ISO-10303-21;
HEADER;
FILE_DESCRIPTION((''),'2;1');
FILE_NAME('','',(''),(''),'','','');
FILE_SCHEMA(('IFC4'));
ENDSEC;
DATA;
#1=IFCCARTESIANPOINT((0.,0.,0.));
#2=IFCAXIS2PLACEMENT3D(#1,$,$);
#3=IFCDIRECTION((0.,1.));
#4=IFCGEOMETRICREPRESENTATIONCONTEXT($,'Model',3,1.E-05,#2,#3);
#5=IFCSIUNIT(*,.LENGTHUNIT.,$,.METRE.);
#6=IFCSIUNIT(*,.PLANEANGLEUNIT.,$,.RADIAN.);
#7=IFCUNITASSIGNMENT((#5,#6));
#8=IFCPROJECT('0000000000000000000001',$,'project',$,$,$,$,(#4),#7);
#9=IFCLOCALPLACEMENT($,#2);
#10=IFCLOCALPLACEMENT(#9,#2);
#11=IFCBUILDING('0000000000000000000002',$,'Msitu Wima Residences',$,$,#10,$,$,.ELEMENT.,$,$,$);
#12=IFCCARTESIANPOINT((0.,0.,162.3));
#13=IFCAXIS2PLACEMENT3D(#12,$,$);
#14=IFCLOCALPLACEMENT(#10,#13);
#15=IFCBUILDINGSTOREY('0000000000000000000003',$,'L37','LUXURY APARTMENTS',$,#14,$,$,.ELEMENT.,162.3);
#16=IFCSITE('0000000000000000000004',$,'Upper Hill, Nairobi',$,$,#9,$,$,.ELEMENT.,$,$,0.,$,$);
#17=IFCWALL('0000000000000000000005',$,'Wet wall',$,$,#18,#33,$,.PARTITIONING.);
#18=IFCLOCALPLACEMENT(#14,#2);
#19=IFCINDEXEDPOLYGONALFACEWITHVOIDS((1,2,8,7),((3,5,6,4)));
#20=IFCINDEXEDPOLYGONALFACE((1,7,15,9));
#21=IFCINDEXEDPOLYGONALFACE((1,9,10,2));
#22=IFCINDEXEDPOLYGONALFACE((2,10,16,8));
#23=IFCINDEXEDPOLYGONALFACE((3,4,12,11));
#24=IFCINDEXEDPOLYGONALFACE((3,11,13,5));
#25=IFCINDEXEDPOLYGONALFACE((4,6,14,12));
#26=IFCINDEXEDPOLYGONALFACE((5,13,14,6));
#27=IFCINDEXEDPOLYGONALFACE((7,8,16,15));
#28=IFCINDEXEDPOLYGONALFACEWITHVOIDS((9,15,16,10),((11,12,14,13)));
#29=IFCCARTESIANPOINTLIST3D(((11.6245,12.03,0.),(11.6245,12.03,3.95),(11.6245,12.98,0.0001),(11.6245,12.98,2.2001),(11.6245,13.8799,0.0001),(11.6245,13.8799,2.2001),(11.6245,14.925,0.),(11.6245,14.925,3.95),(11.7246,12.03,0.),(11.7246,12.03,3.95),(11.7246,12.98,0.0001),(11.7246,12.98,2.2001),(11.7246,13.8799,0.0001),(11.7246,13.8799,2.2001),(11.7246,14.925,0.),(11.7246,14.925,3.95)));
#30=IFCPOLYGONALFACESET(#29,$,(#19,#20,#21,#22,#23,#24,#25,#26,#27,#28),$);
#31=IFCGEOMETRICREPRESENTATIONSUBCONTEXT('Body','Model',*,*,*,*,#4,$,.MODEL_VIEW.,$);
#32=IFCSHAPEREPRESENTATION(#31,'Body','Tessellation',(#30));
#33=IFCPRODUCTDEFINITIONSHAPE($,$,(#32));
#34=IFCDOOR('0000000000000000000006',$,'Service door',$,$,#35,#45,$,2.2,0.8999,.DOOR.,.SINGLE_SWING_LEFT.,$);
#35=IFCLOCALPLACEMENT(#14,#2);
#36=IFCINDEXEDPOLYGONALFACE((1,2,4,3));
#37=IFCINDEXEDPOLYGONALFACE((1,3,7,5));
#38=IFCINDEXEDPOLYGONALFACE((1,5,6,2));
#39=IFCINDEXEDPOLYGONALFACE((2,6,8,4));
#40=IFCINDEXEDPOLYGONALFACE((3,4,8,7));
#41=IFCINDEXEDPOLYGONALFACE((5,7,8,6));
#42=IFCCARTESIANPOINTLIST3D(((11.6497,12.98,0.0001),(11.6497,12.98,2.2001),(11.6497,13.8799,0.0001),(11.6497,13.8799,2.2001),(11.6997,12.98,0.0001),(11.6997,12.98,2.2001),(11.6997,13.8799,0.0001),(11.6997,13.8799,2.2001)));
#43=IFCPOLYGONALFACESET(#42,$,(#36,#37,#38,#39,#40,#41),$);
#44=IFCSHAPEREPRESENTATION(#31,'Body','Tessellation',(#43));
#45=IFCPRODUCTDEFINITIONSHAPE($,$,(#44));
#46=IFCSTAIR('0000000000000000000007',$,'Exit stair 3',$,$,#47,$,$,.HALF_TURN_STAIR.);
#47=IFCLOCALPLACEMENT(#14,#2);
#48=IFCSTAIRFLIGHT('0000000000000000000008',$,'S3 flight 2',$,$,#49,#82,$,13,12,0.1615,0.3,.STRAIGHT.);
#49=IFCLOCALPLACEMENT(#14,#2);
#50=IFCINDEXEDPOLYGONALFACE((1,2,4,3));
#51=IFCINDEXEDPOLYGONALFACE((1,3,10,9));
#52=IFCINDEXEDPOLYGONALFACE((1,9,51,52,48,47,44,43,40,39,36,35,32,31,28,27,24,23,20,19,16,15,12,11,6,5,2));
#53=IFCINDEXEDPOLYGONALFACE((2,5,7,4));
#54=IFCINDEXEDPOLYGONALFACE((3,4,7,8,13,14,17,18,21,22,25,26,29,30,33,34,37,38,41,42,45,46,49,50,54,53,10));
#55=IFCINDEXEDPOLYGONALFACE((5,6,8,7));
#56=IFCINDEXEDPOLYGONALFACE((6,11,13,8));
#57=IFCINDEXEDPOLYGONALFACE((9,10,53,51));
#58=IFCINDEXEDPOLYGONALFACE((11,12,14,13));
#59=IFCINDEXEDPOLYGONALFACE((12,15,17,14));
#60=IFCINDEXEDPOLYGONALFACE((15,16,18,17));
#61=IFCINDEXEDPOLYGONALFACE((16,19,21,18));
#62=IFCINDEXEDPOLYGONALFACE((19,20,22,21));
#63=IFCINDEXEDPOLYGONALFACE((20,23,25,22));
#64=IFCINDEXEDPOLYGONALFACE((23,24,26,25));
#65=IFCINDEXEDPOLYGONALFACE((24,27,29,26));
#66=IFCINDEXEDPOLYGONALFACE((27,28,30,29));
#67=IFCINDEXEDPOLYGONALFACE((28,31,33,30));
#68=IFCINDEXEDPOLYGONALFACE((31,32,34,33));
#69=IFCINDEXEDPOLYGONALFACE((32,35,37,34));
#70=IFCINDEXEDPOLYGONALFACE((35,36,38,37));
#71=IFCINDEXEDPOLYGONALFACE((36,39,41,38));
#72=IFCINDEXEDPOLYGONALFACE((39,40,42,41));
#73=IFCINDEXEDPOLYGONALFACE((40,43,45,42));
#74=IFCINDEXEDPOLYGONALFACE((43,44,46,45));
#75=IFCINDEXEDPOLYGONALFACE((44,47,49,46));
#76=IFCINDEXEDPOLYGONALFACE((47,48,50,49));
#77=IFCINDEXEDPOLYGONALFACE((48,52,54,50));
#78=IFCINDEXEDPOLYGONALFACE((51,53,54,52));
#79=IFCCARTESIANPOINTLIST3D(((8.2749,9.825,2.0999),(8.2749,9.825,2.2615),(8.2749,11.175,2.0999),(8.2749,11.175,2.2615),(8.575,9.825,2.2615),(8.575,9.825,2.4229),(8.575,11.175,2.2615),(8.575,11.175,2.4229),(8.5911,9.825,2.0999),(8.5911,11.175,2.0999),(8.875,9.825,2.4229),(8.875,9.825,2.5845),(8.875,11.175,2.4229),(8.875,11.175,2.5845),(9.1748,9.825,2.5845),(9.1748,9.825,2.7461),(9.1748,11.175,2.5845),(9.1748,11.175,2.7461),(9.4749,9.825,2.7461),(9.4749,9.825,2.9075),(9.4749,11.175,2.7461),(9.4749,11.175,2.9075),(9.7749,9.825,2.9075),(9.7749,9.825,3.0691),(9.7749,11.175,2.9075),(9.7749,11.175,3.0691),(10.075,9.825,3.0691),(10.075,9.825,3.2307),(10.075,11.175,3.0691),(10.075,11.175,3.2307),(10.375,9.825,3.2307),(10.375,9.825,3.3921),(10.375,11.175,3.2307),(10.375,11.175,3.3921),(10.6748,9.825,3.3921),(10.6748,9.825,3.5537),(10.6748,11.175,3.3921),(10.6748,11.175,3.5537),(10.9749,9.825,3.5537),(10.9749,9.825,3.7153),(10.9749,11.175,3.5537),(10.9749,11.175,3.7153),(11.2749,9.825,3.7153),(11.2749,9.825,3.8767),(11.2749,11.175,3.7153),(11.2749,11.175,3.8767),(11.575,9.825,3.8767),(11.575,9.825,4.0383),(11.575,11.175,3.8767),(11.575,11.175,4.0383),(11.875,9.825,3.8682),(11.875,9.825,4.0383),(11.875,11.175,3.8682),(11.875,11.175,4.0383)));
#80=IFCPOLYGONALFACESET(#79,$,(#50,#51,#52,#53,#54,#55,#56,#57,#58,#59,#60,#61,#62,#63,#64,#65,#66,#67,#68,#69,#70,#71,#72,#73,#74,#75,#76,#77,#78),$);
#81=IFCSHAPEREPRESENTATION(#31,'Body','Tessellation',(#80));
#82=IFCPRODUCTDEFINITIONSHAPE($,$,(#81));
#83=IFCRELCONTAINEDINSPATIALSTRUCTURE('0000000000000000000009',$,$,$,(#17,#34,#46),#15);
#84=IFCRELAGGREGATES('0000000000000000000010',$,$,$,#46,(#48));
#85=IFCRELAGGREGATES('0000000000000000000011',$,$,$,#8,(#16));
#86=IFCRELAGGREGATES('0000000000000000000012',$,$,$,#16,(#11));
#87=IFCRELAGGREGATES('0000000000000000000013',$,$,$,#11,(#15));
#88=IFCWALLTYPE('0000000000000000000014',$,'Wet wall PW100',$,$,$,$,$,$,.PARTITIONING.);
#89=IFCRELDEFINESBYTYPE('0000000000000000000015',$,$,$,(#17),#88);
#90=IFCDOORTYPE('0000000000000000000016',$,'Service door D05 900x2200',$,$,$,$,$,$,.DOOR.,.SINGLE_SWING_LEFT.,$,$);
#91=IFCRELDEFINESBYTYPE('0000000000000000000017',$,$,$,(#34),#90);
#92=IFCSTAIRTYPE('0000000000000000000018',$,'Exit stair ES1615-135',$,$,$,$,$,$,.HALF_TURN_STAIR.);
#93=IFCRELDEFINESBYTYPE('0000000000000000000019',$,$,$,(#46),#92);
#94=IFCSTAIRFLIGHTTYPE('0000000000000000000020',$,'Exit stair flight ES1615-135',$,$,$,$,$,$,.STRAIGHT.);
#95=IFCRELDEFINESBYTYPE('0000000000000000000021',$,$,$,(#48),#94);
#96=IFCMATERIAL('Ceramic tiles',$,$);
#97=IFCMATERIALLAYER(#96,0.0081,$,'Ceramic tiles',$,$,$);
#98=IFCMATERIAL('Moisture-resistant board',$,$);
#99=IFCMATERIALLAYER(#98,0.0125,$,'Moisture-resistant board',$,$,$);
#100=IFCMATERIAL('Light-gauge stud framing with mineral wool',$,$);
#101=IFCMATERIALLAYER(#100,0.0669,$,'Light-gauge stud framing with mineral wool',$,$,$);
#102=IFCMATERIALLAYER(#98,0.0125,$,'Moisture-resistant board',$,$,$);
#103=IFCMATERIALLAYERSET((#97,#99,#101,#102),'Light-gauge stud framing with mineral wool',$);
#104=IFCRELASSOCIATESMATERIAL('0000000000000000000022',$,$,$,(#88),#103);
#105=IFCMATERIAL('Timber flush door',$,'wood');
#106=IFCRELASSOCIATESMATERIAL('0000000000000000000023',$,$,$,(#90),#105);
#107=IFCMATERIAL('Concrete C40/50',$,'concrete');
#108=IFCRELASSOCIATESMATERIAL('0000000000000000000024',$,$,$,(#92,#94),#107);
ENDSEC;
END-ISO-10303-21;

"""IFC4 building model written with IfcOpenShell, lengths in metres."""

from ifc_helpers import new_model, si_unit, direction, frame, frame_2d, origin, place, context, subcontext, project, spatial, polyline, rectangle, outline, extrude, material, layer, layer_set, type_object, element, fill, aggregate, save


model = new_model("IFC4")

# Units and contexts
model_context = context("Model", 3, precision=1e-05, world=origin(), true_north=direction((0.0, 1.0)))
body_context = subcontext(model_context, "Body", "Model", "MODEL_VIEW")
ifc_project = project(units=[si_unit("LENGTHUNIT", "METRE"), si_unit("PLANEANGLEUNIT", "RADIAN")], contexts=[model_context])

# Site, building, storey
site_placement = place(None, origin())
site = spatial("IfcSite", under=ifc_project, at=site_placement, Name="Upper Hill, Nairobi", CompositionType="ELEMENT", RefElevation=0.0)
building_placement = place(site_placement, origin())
building = spatial("IfcBuilding", under=site, at=building_placement, Name="Msitu Wima Residences", CompositionType="ELEMENT")
storey_placement = place(building_placement, frame((0.0, 0.0, 162.3)))
storey = spatial("IfcBuildingStorey", under=building, at=storey_placement, Name="L37", Description="LUXURY APARTMENTS", CompositionType="ELEMENT", Elevation=162.3)

# Shared definitions
ifc_material_1 = material(Name="Concrete C40/50", Category="concrete")

# Shared definitions
ifc_material_2 = material(Name="Timber flush door", Category="wood")

# Shared definitions
ifc_material_3 = material(Name="Ceramic tiles")
ifc_layer_1 = layer(ifc_material_3, 0.0081, Name="Ceramic tiles")
ifc_material_4 = material(Name="Moisture-resistant board")
ifc_layer_2 = layer(ifc_material_4, 0.0125, Name="Moisture-resistant board")
ifc_material_5 = material(Name="Light-gauge stud framing with mineral wool")
ifc_layer_3 = layer(ifc_material_5, 0.0669, Name="Light-gauge stud framing with mineral wool")
ifc_layer_4 = layer(ifc_material_4, 0.0125, Name="Moisture-resistant board")
ifc_layer_set_1 = layer_set([ifc_layer_1, ifc_layer_2, ifc_layer_3, ifc_layer_4], Name="Light-gauge stud framing with mineral wool")
wall_type_1 = type_object("IfcWallType", Name="Wet wall PW100", PredefinedType="PARTITIONING", material=ifc_layer_set_1)

# Wall, opening, door
wall_1_placement = place(storey_placement, frame((11.6746, 12.03, 0.0), z_axis=(0.0, 0.0, 1.0), x_axis=(0.0, 1.0, 0.0)))
wall_1 = element("IfcWall", 1, at=wall_1_placement, inside=storey, type_object=wall_type_1, Name="Wet wall", PredefinedType="PARTITIONING", context=body_context, shape_type="SweptSolid", body=[
    extrude(rectangle(XDim=2.895, YDim=0.1001, at=frame_2d((1.4475, 0.0))), origin(), (0.0, 0.0, 1.0), 3.95),
])
opening_1_placement = place(wall_1_placement, frame((0.95, 0.0, 0.0)))
opening_1 = element("IfcOpeningElement", 2, at=opening_1_placement, cuts=wall_1, PredefinedType="OPENING", context=body_context, shape_type="SweptSolid", body=[
    extrude(rectangle(XDim=0.8999, YDim=2.2, at=frame_2d((0.45, 1.1001))), frame((0.0, 0.0601, 0.0), z_axis=(0.0, -1.0, 0.0), x_axis=(1.0, 0.0, 0.0)), (0.0, 0.0, 1.0), 0.1201),
])
door_type_1 = type_object("IfcDoorType", Name="Service door D05 900x2200", OperationType="SINGLE_SWING_LEFT", PredefinedType="DOOR", material=ifc_material_2)
door_1_placement = place(opening_1_placement, origin())
door_1 = element("IfcDoor", 3, at=door_1_placement, inside=storey, type_object=door_type_1, Name="Service door", OperationType="SINGLE_SWING_LEFT", OverallHeight=2.2, OverallWidth=0.8999, PredefinedType="DOOR", context=body_context, shape_type="SweptSolid", body=[
    extrude(rectangle(XDim=0.8999, YDim=2.2, at=frame_2d((0.45, 1.1001))), frame((0.0, 0.0249, 0.0), z_axis=(0.0, -1.0, 0.0), x_axis=(1.0, 0.0, 0.0)), (0.0, 0.0, 1.0), 0.05),
])
fill(opening_1, door_1)

# Stair, stair flight
stair_type = type_object("IfcStairType", Name="Exit stair ES1615-135", PredefinedType="HALF_TURN_STAIR", material=ifc_material_1)
stair_placement = place(storey_placement, origin())
stair = element("IfcStair", 4, at=stair_placement, inside=storey, type_object=stair_type, Name="Exit stair 3", PredefinedType="HALF_TURN_STAIR")
stair_flight_type = type_object("IfcStairFlightType", Name="Exit stair flight ES1615-135", PredefinedType="STRAIGHT", material=ifc_material_1)
stair_flight_placement = place(storey_placement, frame((8.2749, 10.5, 2.0999), z_axis=(0.0, 0.0, 1.0), x_axis=(1.0, 0.0, 0.0)))
stair_flight = element("IfcStairFlight", 5, at=stair_flight_placement, type_object=stair_flight_type, Name="S3 flight 2", NumberOfRisers=13, NumberOfTreads=12, PredefinedType="STRAIGHT", RiserHeight=0.1615, TreadLength=0.3, context=body_context, shape_type="SweptSolid", body=[
    extrude(outline(polyline([(0.0, 0.0), (0.0, 0.1616), (0.3, 0.1616), (0.3, 0.323), (0.6001, 0.323), (0.6001, 0.4846), (0.8999, 0.4846), (0.8999, 0.6462), (1.2, 0.6462), (1.2, 0.8076), (1.5, 0.8076), (1.5, 0.9692), (1.8, 0.9692), (1.8, 1.1309), (2.1001, 1.1309), (2.1001, 1.2922), (2.3999, 1.2922), (2.3999, 1.4539), (2.7, 1.4539), (2.7, 1.6155), (3.0, 1.6155), (3.0, 1.7769), (3.3, 1.7769), (3.3, 1.9385), (3.6001, 1.9385), (3.6001, 2.1001), (3.6001, 1.7683), (0.3162, 0.0), (0.0, 0.0)])), frame((0.0, 0.675, 0.0), z_axis=(0.0, -1.0, 0.0), x_axis=(1.0, 0.0, 0.0)), (0.0, 0.0, 1.0), 1.3501),
])
aggregate(stair, [stair_flight])

save(model, "model.ifc")
